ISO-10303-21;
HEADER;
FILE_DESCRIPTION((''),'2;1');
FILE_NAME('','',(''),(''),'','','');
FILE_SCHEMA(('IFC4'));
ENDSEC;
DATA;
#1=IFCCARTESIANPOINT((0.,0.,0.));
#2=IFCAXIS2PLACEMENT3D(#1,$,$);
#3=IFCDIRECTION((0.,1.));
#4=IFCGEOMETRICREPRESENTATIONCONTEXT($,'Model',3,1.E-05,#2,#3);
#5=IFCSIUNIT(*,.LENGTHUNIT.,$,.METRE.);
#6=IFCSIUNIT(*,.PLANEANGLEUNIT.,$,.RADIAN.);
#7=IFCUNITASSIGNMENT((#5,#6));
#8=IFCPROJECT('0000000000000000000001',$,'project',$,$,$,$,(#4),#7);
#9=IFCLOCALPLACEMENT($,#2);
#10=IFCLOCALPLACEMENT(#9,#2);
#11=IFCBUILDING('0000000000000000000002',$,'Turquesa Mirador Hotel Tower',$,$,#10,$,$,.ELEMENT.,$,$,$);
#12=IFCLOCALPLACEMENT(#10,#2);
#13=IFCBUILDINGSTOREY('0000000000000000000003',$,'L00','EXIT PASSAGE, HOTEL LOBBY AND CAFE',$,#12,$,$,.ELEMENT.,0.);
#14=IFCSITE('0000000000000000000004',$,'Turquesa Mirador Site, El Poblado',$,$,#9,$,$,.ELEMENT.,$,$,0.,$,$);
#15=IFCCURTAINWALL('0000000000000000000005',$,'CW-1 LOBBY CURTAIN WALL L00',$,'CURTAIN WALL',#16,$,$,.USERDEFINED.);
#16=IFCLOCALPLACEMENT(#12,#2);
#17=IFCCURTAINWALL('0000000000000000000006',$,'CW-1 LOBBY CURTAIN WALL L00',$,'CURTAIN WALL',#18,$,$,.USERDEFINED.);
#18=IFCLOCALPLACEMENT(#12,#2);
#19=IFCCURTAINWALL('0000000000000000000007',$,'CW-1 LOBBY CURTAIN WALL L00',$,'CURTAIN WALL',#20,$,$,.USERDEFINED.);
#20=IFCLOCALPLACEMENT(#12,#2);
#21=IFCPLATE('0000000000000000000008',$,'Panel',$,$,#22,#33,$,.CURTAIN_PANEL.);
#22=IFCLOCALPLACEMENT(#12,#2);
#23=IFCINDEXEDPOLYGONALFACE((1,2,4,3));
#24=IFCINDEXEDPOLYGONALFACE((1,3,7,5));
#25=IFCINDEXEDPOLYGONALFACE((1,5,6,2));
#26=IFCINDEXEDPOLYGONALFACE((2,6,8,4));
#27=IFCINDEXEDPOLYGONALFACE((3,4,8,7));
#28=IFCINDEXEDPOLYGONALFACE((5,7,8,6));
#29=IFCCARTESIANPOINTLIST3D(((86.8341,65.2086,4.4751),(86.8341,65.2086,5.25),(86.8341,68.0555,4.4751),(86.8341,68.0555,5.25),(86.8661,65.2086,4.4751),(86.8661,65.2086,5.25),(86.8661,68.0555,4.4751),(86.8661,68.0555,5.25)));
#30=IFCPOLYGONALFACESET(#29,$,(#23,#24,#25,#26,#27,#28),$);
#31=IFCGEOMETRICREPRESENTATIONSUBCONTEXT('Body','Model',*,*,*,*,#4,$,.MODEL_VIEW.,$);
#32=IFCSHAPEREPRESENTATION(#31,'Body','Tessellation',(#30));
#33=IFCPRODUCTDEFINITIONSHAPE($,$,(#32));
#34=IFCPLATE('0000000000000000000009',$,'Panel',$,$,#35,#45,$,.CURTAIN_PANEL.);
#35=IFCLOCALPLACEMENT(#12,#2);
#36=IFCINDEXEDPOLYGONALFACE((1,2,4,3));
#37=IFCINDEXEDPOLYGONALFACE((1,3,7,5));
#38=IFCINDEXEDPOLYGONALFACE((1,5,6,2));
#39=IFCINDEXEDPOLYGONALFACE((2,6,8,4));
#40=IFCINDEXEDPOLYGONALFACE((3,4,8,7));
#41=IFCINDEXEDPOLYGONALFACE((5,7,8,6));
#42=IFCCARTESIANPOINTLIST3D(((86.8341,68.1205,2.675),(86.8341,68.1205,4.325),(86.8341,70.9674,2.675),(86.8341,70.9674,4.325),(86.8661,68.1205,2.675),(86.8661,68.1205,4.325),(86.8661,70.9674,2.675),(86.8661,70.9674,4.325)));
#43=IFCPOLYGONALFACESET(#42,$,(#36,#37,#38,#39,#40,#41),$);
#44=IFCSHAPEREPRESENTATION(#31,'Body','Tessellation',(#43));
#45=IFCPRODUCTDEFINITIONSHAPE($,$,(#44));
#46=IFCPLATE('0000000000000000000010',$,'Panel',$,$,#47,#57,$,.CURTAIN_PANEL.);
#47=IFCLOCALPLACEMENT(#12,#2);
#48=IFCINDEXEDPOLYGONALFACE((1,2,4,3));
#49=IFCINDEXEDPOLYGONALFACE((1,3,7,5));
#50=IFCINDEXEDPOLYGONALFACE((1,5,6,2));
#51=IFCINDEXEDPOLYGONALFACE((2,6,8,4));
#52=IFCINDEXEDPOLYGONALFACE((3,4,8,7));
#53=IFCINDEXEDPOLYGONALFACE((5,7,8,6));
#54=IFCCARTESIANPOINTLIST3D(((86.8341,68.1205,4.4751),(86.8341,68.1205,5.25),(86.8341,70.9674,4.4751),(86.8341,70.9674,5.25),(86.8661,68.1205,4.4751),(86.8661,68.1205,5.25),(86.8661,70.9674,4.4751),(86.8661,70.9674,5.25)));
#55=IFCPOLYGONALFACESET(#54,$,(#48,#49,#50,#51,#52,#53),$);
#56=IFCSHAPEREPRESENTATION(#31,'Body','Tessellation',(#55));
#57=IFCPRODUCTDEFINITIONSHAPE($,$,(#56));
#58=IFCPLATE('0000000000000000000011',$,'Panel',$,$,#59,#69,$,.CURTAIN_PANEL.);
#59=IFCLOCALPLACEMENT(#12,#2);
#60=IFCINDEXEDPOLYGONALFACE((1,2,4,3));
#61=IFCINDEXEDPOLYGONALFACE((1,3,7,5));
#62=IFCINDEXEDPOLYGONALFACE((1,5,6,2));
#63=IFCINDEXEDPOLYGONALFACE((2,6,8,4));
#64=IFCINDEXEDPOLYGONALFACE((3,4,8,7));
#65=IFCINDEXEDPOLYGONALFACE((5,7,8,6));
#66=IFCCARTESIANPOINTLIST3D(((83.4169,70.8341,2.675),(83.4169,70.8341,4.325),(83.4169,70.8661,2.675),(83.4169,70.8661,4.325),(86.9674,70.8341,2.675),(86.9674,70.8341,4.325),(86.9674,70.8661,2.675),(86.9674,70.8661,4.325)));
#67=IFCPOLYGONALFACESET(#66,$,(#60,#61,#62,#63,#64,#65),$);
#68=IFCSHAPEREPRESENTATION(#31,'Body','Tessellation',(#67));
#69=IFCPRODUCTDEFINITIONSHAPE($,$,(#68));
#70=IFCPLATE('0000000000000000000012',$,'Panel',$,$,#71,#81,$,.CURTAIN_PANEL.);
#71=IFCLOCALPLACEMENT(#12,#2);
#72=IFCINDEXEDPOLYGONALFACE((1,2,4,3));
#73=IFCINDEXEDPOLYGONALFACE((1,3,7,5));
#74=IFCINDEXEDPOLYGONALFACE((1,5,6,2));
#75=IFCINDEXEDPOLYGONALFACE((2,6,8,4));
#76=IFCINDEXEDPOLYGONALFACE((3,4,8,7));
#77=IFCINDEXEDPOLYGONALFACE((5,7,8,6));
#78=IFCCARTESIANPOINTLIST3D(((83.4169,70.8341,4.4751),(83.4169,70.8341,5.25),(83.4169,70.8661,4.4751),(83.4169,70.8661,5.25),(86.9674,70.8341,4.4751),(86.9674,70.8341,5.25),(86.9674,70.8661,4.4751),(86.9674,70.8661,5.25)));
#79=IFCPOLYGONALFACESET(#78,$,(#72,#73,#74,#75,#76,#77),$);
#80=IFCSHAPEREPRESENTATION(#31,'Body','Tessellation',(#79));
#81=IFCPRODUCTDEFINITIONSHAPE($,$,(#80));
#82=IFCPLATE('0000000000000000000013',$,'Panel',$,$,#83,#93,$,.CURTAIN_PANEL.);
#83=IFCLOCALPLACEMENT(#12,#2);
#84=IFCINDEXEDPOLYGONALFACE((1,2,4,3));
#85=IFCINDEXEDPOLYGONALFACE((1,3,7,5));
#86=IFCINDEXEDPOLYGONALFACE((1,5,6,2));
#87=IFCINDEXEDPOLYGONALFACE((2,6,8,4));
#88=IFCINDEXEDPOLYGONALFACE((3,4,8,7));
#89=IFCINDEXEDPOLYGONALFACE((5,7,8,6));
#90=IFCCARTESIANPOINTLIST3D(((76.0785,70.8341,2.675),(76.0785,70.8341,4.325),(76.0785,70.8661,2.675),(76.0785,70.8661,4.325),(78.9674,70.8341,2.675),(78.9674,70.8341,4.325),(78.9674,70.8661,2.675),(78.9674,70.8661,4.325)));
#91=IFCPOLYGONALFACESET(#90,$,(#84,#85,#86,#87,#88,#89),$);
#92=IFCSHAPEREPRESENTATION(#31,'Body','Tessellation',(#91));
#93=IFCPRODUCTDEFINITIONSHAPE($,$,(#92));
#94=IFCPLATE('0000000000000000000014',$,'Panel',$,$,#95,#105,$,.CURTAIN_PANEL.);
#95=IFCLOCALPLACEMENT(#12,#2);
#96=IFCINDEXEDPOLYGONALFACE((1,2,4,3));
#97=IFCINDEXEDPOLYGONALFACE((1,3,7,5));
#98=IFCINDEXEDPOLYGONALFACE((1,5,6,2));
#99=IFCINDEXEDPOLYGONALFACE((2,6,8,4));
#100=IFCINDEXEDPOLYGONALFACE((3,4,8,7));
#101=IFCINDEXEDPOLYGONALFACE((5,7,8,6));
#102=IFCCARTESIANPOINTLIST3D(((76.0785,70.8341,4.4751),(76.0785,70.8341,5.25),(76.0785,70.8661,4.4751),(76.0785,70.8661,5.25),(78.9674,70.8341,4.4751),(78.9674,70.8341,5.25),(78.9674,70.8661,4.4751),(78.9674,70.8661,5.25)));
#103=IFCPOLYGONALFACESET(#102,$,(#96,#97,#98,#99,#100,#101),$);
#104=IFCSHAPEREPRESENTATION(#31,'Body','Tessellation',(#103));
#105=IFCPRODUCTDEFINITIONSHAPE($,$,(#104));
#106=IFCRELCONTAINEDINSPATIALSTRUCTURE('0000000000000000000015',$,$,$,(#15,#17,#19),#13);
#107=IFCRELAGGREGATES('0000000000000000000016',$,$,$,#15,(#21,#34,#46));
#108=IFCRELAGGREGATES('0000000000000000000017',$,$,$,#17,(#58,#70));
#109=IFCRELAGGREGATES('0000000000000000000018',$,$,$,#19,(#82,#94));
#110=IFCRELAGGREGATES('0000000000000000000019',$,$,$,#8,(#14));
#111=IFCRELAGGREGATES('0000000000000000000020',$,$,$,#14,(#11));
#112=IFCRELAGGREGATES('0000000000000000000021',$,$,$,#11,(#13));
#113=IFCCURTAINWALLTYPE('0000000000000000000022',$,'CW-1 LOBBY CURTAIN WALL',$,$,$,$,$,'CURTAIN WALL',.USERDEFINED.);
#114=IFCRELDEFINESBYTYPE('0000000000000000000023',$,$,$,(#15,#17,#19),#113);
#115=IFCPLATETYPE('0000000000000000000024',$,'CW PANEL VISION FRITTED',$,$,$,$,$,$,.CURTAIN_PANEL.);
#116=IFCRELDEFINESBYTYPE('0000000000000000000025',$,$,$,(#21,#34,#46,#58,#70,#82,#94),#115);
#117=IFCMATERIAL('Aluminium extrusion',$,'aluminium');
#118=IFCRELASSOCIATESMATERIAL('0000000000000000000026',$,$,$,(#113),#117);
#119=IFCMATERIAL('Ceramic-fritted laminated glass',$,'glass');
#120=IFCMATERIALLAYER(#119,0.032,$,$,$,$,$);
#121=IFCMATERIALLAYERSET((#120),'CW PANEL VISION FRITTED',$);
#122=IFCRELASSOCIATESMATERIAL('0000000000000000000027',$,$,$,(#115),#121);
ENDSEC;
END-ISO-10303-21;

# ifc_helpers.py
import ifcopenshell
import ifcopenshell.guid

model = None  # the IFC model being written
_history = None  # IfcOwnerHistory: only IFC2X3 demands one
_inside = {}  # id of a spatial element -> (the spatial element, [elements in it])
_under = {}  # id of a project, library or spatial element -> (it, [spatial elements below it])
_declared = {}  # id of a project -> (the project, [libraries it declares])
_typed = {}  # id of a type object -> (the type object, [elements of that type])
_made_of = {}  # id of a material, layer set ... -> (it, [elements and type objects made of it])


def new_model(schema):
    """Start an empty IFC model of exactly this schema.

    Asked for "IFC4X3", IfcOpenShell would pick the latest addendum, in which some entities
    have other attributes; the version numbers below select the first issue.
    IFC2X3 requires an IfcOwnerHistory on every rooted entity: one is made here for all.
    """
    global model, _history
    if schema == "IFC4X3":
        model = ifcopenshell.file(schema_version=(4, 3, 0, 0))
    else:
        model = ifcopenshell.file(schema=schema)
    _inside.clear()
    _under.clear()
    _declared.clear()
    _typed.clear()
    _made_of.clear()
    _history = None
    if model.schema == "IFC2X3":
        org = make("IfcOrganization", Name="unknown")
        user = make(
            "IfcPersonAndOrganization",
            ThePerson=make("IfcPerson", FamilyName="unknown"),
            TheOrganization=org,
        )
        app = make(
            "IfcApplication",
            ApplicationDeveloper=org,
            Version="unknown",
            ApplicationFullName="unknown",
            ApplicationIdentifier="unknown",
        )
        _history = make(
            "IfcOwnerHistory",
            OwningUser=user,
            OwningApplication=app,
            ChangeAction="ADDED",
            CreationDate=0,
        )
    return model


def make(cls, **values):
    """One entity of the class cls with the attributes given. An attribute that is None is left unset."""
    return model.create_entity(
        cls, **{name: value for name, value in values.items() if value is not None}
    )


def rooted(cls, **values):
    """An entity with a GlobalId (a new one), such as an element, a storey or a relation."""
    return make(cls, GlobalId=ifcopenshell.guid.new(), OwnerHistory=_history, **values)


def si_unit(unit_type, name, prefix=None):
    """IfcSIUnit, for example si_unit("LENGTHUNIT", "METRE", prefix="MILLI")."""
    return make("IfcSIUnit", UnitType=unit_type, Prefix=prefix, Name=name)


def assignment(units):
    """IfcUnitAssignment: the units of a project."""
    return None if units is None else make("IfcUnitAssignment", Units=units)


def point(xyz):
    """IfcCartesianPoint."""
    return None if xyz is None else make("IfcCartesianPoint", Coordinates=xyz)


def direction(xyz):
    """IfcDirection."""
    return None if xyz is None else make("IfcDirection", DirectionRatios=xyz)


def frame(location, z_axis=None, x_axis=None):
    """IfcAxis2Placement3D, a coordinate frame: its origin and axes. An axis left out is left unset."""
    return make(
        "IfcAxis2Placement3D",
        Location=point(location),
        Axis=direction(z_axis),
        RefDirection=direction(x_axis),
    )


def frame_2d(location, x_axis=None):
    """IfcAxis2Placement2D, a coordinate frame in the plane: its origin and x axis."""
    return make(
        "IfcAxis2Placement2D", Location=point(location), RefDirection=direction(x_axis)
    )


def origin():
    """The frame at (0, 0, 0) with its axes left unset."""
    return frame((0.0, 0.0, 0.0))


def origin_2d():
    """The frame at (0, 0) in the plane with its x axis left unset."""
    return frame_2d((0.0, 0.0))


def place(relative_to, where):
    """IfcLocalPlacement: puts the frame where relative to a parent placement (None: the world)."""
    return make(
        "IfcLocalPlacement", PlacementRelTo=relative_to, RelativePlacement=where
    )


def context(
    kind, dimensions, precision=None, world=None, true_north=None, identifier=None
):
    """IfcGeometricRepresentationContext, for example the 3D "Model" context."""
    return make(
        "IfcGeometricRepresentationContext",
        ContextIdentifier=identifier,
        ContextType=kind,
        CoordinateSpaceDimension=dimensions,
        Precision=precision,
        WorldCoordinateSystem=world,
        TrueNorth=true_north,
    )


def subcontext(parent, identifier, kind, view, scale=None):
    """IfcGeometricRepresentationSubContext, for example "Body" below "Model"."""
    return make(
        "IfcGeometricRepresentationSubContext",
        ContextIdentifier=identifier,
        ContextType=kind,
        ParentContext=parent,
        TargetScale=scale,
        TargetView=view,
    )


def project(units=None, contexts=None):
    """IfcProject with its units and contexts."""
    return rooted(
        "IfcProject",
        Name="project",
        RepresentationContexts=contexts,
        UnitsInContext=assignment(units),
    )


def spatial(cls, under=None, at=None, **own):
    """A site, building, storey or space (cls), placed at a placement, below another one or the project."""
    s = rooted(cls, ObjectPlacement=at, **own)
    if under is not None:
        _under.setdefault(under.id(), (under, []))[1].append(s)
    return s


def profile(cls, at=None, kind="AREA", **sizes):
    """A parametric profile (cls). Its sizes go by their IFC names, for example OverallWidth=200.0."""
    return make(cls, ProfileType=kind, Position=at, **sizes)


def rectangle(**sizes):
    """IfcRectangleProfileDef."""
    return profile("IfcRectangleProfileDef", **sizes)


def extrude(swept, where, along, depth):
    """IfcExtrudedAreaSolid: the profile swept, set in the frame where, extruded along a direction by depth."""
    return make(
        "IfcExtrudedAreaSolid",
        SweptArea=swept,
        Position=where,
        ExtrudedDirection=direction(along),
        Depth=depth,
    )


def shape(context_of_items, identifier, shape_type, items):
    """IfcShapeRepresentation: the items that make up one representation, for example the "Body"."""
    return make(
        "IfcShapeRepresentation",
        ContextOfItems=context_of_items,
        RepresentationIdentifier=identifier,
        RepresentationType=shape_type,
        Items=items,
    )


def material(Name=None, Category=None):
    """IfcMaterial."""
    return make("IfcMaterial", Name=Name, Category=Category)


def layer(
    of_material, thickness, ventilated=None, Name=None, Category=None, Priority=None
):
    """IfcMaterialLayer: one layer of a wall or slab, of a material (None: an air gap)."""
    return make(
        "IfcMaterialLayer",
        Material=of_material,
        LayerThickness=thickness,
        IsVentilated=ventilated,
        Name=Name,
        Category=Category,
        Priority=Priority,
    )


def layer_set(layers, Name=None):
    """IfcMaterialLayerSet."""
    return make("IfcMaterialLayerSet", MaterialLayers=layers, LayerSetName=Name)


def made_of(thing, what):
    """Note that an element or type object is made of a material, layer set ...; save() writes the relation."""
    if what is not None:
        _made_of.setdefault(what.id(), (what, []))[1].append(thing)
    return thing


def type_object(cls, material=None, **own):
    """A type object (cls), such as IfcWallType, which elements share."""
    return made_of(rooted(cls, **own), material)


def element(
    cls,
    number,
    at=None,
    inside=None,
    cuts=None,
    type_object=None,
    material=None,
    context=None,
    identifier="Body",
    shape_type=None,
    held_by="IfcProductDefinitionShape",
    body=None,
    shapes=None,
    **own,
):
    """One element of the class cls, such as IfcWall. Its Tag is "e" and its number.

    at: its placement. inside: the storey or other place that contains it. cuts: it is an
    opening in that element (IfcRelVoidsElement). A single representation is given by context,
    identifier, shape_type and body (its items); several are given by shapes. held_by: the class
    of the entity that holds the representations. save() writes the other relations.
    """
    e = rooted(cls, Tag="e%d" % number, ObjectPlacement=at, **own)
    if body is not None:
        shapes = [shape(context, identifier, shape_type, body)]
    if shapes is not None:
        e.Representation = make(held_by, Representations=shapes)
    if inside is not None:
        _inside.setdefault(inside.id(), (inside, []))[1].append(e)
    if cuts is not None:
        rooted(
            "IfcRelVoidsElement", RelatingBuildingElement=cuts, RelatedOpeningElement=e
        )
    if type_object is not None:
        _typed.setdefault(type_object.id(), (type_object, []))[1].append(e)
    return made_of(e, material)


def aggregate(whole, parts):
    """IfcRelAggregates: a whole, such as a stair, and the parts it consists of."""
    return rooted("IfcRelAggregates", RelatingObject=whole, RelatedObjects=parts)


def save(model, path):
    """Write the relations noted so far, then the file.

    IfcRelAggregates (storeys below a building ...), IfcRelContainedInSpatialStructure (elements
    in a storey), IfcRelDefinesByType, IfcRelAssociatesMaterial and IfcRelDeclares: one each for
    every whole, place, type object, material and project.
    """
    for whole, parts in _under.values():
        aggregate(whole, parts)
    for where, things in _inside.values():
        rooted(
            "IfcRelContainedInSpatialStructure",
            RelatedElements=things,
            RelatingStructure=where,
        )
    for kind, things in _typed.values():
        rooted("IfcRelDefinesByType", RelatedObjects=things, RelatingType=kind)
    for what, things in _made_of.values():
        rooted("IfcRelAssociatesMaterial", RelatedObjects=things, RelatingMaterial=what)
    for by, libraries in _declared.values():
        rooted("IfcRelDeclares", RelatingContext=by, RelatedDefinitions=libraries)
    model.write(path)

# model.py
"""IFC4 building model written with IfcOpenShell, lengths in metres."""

from ifc_helpers import new_model, si_unit, direction, frame, origin, origin_2d, place, context, subcontext, project, spatial, rectangle, extrude, material, layer, layer_set, type_object, element, aggregate, save


model = new_model("IFC4")

# Units and contexts
model_context = context("Model", 3, precision=1e-05, world=origin(), true_north=direction((0.0, 1.0)))
body_context = subcontext(model_context, "Body", "Model", "MODEL_VIEW")
ifc_project = project(units=[si_unit("LENGTHUNIT", "METRE"), si_unit("PLANEANGLEUNIT", "RADIAN")], contexts=[model_context])

# Site, building, storey
site_placement = place(None, origin())
site = spatial("IfcSite", under=ifc_project, at=site_placement, Name="Turquesa Mirador Site, El Poblado", CompositionType="ELEMENT", RefElevation=0.0)
building_placement = place(site_placement, origin())
building = spatial("IfcBuilding", under=site, at=building_placement, Name="Turquesa Mirador Hotel Tower", CompositionType="ELEMENT")
storey_placement = place(building_placement, origin())
storey = spatial("IfcBuildingStorey", under=building, at=storey_placement, Name="L00", Description="EXIT PASSAGE, HOTEL LOBBY AND CAFE", CompositionType="ELEMENT", Elevation=0.0)

# Curtain walls
ifc_material_1 = material(Name="Aluminium extrusion", Category="aluminium")
curtain_wall_type = type_object("IfcCurtainWallType", Name="CW-1 LOBBY CURTAIN WALL", ElementType="CURTAIN WALL", PredefinedType="USERDEFINED", material=ifc_material_1)
curtain_wall_1_placement = place(storey_placement, origin())
curtain_wall_1 = element("IfcCurtainWall", 1, at=curtain_wall_1_placement, inside=storey, type_object=curtain_wall_type, Name="CW-1 LOBBY CURTAIN WALL L00", ObjectType="CURTAIN WALL", PredefinedType="USERDEFINED")
curtain_wall_2_placement = place(storey_placement, origin())
curtain_wall_2 = element("IfcCurtainWall", 2, at=curtain_wall_2_placement, inside=storey, type_object=curtain_wall_type, Name="CW-1 LOBBY CURTAIN WALL L00", ObjectType="CURTAIN WALL", PredefinedType="USERDEFINED")

# Curtain wall
curtain_wall_3_placement = place(storey_placement, origin())
curtain_wall_3 = element("IfcCurtainWall", 3, at=curtain_wall_3_placement, inside=storey, type_object=curtain_wall_type, Name="CW-1 LOBBY CURTAIN WALL L00", ObjectType="CURTAIN WALL", PredefinedType="USERDEFINED")

# Plates
ifc_material_2 = material(Name="Ceramic-fritted laminated glass", Category="glass")
ifc_layer_1 = layer(ifc_material_2, 0.032)
ifc_layer_set_1 = layer_set([ifc_layer_1], Name="CW PANEL VISION FRITTED")
plate_type_1 = type_object("IfcPlateType", Name="CW PANEL VISION FRITTED", PredefinedType="CURTAIN_PANEL", material=ifc_layer_set_1)
plate_1_placement = place(storey_placement, frame((86.8501, 66.6321, 4.4751), z_axis=(0.0, 0.0, 1.0), x_axis=(0.0, 1.0, 0.0)))
plate_1 = element("IfcPlate", 4, at=plate_1_placement, type_object=plate_type_1, Name="Panel", PredefinedType="CURTAIN_PANEL", context=body_context, shape_type="SweptSolid", body=[
    extrude(rectangle(XDim=2.8469, YDim=0.032, at=origin_2d()), origin(), (0.0, 0.0, 1.0), 0.7749),
])
plate_2_placement = place(storey_placement, frame((86.8501, 69.5439, 2.675), z_axis=(0.0, 0.0, 1.0), x_axis=(0.0, 1.0, 0.0)))
plate_2 = element("IfcPlate", 5, at=plate_2_placement, type_object=plate_type_1, Name="Panel", PredefinedType="CURTAIN_PANEL", context=body_context, shape_type="SweptSolid", body=[
    extrude(rectangle(XDim=2.8469, YDim=0.032, at=origin_2d()), origin(), (0.0, 0.0, 1.0), 1.6499),
])
plate_3_placement = place(storey_placement, frame((86.8501, 69.5439, 4.4751), z_axis=(0.0, 0.0, 1.0), x_axis=(0.0, 1.0, 0.0)))
plate_3 = element("IfcPlate", 6, at=plate_3_placement, type_object=plate_type_1, Name="Panel", PredefinedType="CURTAIN_PANEL", context=body_context, shape_type="SweptSolid", body=[
    extrude(rectangle(XDim=2.8469, YDim=0.032, at=origin_2d()), origin(), (0.0, 0.0, 1.0), 0.7749),
])
aggregate(curtain_wall_1, [plate_1, plate_2, plate_3])
plate_4_placement = place(storey_placement, frame((85.1921, 70.8501, 2.675), z_axis=(0.0, 0.0, 1.0), x_axis=(-1.0, 0.0, 0.0)))
plate_4 = element("IfcPlate", 7, at=plate_4_placement, type_object=plate_type_1, Name="Panel", PredefinedType="CURTAIN_PANEL", context=body_context, shape_type="SweptSolid", body=[
    extrude(rectangle(XDim=3.5505, YDim=0.032, at=origin_2d()), origin(), (0.0, 0.0, 1.0), 1.6499),
])
plate_5_placement = place(storey_placement, frame((85.1921, 70.8501, 4.4751), z_axis=(0.0, 0.0, 1.0), x_axis=(-1.0, 0.0, 0.0)))
plate_5 = element("IfcPlate", 8, at=plate_5_placement, type_object=plate_type_1, Name="Panel", PredefinedType="CURTAIN_PANEL", context=body_context, shape_type="SweptSolid", body=[
    extrude(rectangle(XDim=3.5505, YDim=0.032, at=origin_2d()), origin(), (0.0, 0.0, 1.0), 0.7749),
])
aggregate(curtain_wall_2, [plate_4, plate_5])
plate_6_placement = place(storey_placement, frame((77.5229, 70.8501, 2.675), z_axis=(0.0, 0.0, 1.0), x_axis=(-1.0, 0.0, 0.0)))
plate_6 = element("IfcPlate", 9, at=plate_6_placement, type_object=plate_type_1, Name="Panel", PredefinedType="CURTAIN_PANEL", context=body_context, shape_type="SweptSolid", body=[
    extrude(rectangle(XDim=2.8889, YDim=0.032, at=origin_2d()), origin(), (0.0, 0.0, 1.0), 1.6499),
])
plate_7_placement = place(storey_placement, frame((77.5229, 70.8501, 4.4751), z_axis=(0.0, 0.0, 1.0), x_axis=(-1.0, 0.0, 0.0)))
plate_7 = element("IfcPlate", 10, at=plate_7_placement, type_object=plate_type_1, Name="Panel", PredefinedType="CURTAIN_PANEL", context=body_context, shape_type="SweptSolid", body=[
    extrude(rectangle(XDim=2.8889, YDim=0.032, at=origin_2d()), origin(), (0.0, 0.0, 1.0), 0.7749),
])
aggregate(curtain_wall_3, [plate_6, plate_7])

save(model, "model.ifc")
